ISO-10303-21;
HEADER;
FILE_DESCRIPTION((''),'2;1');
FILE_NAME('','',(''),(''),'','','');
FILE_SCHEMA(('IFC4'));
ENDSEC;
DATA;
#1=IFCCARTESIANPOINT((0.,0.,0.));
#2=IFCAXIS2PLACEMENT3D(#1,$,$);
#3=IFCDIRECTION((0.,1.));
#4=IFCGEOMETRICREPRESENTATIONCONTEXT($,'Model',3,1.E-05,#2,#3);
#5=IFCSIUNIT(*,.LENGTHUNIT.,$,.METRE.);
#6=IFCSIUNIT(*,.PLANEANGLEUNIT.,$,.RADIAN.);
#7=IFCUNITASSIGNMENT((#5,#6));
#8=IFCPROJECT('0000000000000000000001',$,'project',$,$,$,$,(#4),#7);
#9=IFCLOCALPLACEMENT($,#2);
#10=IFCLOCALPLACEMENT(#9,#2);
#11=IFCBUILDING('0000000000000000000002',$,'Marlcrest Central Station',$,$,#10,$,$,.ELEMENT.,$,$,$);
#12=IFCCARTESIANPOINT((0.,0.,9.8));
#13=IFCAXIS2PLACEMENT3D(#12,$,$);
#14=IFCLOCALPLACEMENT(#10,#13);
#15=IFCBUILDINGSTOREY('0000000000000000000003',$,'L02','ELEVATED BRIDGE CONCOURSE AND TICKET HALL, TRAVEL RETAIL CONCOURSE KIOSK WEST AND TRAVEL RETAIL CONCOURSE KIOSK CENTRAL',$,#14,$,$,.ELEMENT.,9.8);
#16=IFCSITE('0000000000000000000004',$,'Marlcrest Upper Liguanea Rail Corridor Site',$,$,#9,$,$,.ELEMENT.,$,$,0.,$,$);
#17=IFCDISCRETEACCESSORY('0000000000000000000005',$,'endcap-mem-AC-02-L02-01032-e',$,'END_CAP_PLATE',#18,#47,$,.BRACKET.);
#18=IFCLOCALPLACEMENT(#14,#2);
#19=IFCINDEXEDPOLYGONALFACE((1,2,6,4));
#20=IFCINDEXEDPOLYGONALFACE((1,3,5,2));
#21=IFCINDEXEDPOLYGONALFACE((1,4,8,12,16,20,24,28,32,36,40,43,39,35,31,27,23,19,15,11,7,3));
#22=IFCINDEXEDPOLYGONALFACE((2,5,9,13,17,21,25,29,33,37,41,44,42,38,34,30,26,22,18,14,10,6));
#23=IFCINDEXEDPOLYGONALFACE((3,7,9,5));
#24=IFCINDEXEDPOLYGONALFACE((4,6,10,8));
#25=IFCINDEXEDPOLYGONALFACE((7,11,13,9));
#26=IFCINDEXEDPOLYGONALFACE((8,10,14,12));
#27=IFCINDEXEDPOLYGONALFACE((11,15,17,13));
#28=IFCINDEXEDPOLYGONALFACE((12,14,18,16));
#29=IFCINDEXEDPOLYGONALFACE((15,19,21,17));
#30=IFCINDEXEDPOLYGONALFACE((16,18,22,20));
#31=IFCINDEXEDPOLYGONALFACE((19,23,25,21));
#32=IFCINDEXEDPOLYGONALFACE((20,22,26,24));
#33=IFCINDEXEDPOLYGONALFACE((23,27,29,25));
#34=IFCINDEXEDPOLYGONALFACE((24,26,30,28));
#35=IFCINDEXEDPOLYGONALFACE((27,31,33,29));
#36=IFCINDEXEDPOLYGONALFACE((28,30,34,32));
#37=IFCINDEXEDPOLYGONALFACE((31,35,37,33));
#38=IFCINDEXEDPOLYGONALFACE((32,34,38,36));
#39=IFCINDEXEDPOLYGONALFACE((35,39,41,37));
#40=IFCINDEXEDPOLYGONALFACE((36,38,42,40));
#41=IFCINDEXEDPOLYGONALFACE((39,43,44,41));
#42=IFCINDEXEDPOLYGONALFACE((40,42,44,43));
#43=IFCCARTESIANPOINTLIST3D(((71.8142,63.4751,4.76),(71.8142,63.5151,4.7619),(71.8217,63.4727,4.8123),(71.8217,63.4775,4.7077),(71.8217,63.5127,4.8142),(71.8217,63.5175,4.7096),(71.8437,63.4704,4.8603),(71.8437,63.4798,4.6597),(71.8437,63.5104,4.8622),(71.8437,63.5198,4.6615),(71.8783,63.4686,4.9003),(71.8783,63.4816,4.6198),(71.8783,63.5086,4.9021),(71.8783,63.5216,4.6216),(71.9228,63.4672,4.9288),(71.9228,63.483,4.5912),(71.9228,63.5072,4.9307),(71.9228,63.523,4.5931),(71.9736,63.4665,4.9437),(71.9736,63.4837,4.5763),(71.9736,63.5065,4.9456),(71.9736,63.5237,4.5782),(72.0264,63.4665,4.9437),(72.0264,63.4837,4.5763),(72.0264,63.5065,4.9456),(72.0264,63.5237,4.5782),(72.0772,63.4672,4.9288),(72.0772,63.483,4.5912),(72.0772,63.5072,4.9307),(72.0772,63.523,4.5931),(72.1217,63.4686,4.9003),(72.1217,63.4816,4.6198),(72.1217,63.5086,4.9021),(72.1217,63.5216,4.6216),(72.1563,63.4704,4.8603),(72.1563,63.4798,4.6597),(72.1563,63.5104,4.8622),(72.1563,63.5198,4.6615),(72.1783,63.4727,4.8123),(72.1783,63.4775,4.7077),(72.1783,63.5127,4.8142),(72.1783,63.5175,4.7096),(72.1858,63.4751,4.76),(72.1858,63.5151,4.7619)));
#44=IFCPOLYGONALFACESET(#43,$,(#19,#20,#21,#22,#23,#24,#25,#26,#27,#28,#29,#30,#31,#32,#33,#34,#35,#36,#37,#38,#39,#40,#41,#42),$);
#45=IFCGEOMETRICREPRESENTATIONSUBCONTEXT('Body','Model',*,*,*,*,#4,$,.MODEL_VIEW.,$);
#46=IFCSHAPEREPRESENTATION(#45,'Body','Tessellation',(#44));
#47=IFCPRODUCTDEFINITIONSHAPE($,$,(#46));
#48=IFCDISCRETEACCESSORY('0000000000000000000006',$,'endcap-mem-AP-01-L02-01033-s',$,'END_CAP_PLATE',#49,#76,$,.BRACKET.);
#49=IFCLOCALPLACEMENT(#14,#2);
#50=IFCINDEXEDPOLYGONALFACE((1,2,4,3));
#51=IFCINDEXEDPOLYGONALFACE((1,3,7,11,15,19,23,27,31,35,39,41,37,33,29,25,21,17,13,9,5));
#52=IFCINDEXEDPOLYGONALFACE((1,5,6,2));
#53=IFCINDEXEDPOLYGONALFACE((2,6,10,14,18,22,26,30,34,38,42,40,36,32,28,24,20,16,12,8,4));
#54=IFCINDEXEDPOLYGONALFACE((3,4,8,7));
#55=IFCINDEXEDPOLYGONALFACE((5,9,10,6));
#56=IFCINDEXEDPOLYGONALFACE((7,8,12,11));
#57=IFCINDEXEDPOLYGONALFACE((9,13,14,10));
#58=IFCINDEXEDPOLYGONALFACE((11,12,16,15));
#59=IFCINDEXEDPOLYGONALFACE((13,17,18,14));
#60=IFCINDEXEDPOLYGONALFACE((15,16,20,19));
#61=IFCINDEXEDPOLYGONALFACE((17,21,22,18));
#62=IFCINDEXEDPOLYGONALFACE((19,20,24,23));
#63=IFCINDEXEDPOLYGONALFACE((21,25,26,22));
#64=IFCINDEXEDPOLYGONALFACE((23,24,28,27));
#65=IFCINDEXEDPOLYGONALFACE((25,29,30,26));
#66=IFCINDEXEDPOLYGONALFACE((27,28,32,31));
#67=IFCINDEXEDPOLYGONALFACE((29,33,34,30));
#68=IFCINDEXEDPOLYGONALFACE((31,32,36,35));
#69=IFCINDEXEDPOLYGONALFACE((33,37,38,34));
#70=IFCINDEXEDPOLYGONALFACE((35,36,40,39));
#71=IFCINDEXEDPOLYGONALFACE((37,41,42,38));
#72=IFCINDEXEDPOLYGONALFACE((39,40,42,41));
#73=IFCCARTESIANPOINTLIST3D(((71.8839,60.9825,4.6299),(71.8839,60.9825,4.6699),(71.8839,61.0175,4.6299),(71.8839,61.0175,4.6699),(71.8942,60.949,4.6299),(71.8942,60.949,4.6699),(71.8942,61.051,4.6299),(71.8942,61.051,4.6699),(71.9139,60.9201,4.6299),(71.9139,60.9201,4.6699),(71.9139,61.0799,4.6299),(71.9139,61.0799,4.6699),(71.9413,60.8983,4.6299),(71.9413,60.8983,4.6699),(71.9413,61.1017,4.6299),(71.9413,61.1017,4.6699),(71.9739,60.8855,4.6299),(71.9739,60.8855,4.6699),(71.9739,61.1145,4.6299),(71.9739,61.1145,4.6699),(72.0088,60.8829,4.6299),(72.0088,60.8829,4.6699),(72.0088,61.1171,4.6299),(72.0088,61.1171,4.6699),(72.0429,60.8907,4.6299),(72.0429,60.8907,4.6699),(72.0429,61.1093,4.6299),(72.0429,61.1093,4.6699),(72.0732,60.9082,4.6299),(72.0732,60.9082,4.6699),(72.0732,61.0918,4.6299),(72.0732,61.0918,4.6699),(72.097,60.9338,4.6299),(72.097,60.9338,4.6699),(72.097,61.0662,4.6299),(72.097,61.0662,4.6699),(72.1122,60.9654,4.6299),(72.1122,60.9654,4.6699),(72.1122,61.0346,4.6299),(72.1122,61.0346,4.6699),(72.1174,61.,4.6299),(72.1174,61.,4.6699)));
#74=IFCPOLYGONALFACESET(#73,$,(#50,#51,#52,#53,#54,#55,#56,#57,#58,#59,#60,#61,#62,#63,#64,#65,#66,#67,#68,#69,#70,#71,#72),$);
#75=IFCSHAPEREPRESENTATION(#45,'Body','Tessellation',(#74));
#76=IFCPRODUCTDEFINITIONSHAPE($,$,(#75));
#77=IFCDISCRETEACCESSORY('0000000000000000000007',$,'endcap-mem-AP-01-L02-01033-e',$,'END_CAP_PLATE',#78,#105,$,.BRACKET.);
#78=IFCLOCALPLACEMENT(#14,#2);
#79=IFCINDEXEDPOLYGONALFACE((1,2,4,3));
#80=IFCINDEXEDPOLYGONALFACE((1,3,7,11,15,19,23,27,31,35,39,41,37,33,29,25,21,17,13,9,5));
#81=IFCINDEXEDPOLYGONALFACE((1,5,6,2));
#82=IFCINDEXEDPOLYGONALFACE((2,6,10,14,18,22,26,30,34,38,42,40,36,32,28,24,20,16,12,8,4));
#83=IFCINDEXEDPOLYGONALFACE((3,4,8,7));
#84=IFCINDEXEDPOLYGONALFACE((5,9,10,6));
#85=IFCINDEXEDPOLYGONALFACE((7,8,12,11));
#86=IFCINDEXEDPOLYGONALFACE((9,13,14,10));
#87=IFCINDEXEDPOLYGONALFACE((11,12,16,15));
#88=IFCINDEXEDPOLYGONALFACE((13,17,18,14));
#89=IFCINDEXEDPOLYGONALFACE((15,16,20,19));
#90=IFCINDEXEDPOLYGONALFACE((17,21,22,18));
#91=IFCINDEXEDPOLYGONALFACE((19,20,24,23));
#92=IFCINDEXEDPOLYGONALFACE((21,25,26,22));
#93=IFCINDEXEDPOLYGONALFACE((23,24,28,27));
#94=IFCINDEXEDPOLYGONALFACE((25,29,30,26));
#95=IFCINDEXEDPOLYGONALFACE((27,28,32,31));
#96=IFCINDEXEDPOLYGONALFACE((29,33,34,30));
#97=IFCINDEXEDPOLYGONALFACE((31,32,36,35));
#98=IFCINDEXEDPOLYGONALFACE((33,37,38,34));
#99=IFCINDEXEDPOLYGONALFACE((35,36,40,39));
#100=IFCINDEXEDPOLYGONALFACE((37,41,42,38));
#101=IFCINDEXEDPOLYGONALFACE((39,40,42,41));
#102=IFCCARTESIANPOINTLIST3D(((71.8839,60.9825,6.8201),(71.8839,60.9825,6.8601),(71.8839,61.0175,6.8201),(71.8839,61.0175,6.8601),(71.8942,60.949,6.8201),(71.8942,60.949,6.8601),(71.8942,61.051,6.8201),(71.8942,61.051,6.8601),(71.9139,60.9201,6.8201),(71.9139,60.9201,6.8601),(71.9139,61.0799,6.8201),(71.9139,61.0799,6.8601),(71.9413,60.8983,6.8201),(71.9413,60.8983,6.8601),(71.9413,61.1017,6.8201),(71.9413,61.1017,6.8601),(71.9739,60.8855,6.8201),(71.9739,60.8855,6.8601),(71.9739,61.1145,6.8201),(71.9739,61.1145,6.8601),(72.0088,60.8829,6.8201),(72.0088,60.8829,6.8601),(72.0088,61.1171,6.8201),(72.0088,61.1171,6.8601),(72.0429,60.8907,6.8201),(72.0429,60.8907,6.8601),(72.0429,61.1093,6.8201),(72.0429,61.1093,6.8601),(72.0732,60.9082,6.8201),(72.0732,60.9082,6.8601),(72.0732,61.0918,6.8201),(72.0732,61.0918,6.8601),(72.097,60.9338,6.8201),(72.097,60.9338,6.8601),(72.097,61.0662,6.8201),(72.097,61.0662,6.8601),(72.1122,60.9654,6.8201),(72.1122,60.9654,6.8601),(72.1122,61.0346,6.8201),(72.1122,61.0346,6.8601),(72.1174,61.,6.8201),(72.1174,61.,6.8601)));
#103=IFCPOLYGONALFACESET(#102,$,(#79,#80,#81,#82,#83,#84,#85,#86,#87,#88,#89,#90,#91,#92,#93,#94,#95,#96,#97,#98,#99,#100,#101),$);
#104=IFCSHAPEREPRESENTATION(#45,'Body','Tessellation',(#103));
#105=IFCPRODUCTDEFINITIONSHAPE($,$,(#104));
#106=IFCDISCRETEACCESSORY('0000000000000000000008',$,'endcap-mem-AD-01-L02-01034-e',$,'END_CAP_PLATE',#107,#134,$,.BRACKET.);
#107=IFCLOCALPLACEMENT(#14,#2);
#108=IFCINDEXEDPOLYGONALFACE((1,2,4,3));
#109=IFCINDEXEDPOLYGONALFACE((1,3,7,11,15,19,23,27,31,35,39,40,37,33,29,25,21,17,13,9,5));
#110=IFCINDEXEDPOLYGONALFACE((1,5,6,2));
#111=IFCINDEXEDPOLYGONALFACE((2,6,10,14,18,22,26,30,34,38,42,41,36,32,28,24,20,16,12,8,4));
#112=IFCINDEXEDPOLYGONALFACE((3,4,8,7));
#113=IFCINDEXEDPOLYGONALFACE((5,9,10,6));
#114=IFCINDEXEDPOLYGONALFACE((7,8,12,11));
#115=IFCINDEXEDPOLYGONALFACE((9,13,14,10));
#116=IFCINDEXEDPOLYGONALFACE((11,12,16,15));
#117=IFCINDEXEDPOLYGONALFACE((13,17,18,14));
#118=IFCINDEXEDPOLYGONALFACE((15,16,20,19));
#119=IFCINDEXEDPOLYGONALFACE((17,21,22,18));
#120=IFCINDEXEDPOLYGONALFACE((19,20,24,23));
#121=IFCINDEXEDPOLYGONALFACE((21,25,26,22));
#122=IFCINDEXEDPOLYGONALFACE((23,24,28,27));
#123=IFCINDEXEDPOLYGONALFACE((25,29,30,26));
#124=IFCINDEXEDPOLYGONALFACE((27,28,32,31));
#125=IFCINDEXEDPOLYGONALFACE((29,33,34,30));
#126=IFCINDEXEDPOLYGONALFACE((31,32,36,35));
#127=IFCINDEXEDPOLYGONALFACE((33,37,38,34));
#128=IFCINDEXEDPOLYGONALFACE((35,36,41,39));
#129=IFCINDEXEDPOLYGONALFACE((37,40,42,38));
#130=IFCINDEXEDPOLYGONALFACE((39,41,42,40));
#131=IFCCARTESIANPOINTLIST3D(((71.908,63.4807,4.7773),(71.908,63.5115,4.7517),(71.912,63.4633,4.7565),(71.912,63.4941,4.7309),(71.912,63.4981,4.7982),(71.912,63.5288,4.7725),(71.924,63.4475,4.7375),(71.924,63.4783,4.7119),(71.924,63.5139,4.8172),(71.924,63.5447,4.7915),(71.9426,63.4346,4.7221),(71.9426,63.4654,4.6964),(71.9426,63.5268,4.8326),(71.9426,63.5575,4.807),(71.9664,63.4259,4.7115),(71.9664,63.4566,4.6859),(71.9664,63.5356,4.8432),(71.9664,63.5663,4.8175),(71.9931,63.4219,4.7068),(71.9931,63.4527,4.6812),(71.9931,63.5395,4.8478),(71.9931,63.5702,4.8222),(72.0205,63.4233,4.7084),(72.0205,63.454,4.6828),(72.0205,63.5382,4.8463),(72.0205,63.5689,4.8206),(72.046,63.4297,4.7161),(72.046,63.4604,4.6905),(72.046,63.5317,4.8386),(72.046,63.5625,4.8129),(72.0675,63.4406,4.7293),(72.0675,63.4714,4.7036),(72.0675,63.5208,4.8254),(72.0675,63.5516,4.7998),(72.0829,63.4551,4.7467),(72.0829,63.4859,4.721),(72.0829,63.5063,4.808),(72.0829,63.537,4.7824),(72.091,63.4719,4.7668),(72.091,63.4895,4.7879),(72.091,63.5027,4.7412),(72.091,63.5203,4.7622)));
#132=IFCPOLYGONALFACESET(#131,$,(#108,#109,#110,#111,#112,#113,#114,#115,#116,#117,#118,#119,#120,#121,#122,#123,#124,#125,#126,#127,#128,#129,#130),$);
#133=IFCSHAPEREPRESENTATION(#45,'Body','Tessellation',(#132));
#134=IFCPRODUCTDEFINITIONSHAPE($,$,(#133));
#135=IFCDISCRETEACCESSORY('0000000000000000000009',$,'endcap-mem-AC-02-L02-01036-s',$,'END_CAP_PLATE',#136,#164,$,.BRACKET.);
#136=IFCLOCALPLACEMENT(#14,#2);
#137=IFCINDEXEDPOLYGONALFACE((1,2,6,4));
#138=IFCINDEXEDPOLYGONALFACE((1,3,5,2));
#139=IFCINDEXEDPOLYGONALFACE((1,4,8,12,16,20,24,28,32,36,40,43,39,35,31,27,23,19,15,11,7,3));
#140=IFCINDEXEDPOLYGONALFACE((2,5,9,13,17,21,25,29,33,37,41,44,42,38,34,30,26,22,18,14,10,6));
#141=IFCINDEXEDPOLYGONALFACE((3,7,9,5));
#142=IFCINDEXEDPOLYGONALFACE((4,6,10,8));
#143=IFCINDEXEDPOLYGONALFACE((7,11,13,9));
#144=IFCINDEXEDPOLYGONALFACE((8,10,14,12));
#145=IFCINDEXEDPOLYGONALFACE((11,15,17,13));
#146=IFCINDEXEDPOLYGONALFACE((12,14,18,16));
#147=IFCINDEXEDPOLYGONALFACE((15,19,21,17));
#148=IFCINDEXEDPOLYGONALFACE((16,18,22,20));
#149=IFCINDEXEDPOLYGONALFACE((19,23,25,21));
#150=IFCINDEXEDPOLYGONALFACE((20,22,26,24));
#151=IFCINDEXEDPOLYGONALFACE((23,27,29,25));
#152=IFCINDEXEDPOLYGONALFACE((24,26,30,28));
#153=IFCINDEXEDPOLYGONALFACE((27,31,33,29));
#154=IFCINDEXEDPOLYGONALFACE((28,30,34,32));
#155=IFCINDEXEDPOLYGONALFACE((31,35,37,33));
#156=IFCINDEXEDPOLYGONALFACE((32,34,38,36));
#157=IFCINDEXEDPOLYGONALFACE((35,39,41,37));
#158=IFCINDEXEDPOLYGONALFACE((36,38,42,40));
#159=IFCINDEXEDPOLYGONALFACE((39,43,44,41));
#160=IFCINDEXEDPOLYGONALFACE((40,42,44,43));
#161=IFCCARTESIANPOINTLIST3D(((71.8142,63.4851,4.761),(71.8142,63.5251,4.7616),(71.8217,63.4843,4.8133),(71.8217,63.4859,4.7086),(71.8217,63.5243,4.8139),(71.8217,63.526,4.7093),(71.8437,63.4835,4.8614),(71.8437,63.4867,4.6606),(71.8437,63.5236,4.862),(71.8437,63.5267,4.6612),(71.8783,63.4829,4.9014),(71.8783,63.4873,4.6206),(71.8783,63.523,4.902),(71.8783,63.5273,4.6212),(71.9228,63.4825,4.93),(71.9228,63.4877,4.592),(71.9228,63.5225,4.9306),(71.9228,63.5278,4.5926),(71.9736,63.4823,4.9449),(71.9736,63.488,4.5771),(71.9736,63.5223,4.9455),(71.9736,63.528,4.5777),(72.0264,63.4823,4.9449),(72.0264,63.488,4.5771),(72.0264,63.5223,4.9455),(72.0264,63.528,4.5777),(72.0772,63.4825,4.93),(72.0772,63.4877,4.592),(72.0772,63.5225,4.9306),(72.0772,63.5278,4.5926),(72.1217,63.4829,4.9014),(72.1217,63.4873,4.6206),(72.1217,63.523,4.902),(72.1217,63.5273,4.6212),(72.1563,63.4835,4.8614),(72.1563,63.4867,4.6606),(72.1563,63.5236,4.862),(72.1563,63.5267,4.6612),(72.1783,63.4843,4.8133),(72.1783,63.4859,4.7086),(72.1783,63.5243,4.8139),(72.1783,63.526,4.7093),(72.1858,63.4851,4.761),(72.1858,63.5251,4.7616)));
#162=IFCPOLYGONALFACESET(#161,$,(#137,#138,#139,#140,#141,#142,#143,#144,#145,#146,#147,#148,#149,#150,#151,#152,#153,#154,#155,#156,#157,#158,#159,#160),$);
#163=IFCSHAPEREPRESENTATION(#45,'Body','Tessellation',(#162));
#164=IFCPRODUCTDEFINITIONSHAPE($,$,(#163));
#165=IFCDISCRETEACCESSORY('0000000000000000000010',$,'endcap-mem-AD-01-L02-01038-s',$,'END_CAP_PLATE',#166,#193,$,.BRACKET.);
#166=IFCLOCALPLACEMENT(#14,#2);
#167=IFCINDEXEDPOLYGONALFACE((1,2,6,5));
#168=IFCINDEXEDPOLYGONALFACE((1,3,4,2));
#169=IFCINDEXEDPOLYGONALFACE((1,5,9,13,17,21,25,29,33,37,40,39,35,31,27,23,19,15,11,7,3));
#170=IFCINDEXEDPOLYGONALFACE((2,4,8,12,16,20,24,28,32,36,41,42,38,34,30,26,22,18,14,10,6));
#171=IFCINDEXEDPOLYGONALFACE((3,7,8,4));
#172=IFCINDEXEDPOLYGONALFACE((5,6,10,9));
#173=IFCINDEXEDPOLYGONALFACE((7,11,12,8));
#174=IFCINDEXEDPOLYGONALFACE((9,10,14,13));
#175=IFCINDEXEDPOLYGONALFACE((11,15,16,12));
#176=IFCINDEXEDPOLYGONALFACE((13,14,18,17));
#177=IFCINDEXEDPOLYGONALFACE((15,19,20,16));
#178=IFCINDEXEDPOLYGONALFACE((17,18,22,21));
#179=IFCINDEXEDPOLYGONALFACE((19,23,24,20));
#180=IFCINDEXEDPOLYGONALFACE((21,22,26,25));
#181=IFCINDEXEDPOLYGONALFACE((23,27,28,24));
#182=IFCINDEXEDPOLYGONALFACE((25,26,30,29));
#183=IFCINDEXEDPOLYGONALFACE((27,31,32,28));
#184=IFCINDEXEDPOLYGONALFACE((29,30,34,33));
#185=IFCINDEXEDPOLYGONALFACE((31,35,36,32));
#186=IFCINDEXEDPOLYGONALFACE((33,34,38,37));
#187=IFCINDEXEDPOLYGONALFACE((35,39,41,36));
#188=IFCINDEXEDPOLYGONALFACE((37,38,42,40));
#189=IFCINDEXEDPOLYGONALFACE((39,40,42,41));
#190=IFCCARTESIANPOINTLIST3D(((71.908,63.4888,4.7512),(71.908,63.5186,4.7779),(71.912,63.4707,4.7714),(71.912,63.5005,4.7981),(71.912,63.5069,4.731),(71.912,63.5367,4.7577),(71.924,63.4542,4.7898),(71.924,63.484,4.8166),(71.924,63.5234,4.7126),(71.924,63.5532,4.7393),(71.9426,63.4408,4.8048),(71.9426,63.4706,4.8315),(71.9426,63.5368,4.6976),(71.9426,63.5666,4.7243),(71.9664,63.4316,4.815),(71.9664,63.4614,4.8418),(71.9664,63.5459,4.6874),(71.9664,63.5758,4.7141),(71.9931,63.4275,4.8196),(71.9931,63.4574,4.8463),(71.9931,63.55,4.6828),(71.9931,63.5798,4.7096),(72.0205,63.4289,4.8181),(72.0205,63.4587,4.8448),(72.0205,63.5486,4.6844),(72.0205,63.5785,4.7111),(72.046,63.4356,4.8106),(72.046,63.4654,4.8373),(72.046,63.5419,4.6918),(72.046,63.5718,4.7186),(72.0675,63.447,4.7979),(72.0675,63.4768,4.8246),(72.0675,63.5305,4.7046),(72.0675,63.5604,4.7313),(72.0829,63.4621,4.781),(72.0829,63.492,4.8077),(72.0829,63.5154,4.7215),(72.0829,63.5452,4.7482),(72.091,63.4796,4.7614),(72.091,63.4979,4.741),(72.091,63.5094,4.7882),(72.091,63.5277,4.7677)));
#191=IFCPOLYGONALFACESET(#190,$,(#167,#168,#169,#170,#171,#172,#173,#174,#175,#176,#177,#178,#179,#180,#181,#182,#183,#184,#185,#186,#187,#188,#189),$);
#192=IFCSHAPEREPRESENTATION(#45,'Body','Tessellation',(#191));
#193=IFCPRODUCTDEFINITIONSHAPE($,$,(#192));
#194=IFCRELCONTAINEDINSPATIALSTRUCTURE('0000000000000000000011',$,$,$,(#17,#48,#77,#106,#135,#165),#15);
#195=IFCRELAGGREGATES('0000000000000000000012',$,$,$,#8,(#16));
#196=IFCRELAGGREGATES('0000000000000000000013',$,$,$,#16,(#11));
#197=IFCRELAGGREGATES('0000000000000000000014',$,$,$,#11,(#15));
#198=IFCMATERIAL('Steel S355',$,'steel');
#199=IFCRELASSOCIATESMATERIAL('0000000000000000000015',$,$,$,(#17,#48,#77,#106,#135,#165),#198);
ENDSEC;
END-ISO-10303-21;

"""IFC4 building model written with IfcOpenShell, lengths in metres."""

from ifc_helpers import new_model, si_unit, direction, frame, origin, origin_2d, place, context, subcontext, project, spatial, circle, extrude, material, element, save


model = new_model("IFC4")

# Units and contexts
model_context = context("Model", 3, precision=1e-05, world=origin(), true_north=direction((0.0, 1.0)))
body_context = subcontext(model_context, "Body", "Model", "MODEL_VIEW")
ifc_project = project(units=[si_unit("LENGTHUNIT", "METRE"), si_unit("PLANEANGLEUNIT", "RADIAN")], contexts=[model_context])

# Site, building, storey
site_placement = place(None, origin())
site = spatial("IfcSite", under=ifc_project, at=site_placement, Name="Marlcrest Upper Liguanea Rail Corridor Site", CompositionType="ELEMENT", RefElevation=0.0)
building_placement = place(site_placement, origin())
building = spatial("IfcBuilding", under=site, at=building_placement, Name="Marlcrest Central Station", CompositionType="ELEMENT")
storey_placement = place(building_placement, frame((0.0, 0.0, 9.8)))
storey = spatial("IfcBuildingStorey", under=building, at=storey_placement, Name="L02", Description="ELEVATED BRIDGE CONCOURSE AND TICKET HALL, TRAVEL RETAIL CONCOURSE KIOSK WEST AND TRAVEL RETAIL CONCOURSE KIOSK CENTRAL", CompositionType="ELEMENT", Elevation=9.8)

# Shared definitions
ifc_material_1 = material(Name="Steel S355", Category="steel")

# Discrete accessories
discrete_accessory_1_placement = place(storey_placement, frame((72.0, 63.4751, 4.76), z_axis=(0.0, 0.998917, 0.046532), x_axis=(-1.0, 0.0, 0.0)))
element("IfcDiscreteAccessory", 1, at=discrete_accessory_1_placement, inside=storey, material=ifc_material_1, Name="endcap-mem-AC-02-L02-01032-e", ObjectType="END_CAP_PLATE", PredefinedType="BRACKET", context=body_context, shape_type="SweptSolid", body=[
    extrude(circle(Radius=0.1858, at=origin_2d()), origin(), (0.0, 0.0, 1.0), 0.04),
])
for number, where, z_axis, x_axis, name in (
    (2, (72.0, 61.0, 4.6299), (0.0, 0.0, 1.0), (1.0, 0.0, 0.0), "endcap-mem-AP-01-L02-01033-s"),
    (3, (72.0, 61.0, 6.8201), (0.0, 0.0, 1.0), (1.0, 0.0, 0.0), "endcap-mem-AP-01-L02-01033-e"),
):
    element("IfcDiscreteAccessory", number, at=place(storey_placement, frame(where, z_axis=z_axis, x_axis=x_axis)), inside=storey, material=ifc_material_1, Name=name, ObjectType="END_CAP_PLATE", PredefinedType="BRACKET", context=body_context, shape_type="SweptSolid", body=[
        extrude(circle(Radius=0.1174, at=origin_2d()), origin(), (0.0, 0.0, 1.0), 0.04),
    ])
discrete_accessory_2_placement = place(storey_placement, frame((72.0, 63.4807, 4.7773), z_axis=(0.0, 0.76816, -0.640258), x_axis=(-1.0, 0.0, 0.0)))
element("IfcDiscreteAccessory", 4, at=discrete_accessory_2_placement, inside=storey, material=ifc_material_1, Name="endcap-mem-AD-01-L02-01034-e", ObjectType="END_CAP_PLATE", PredefinedType="BRACKET", context=body_context, shape_type="SweptSolid", body=[
    extrude(circle(Radius=0.092, at=origin_2d()), origin(), (0.0, 0.0, 1.0), 0.04),
])
discrete_accessory_3_placement = place(storey_placement, frame((72.0, 63.4851, 4.761), z_axis=(0.0, 0.999879, 0.015525), x_axis=(-1.0, 0.0, 0.0)))
element("IfcDiscreteAccessory", 5, at=discrete_accessory_3_placement, inside=storey, material=ifc_material_1, Name="endcap-mem-AC-02-L02-01036-s", ObjectType="END_CAP_PLATE", PredefinedType="BRACKET", context=body_context, shape_type="SweptSolid", body=[
    extrude(circle(Radius=0.1858, at=origin_2d()), origin(), (0.0, 0.0, 1.0), 0.04),
])
discrete_accessory_4_placement = place(storey_placement, frame((72.0, 63.4888, 4.7512), z_axis=(0.0, 0.744956, 0.667114), x_axis=(-1.0, 0.0, 0.0)))
element("IfcDiscreteAccessory", 6, at=discrete_accessory_4_placement, inside=storey, material=ifc_material_1, Name="endcap-mem-AD-01-L02-01038-s", ObjectType="END_CAP_PLATE", PredefinedType="BRACKET", context=body_context, shape_type="SweptSolid", body=[
    extrude(circle(Radius=0.092, at=origin_2d()), origin(), (0.0, 0.0, 1.0), 0.04),
])

save(model, "model.ifc")
